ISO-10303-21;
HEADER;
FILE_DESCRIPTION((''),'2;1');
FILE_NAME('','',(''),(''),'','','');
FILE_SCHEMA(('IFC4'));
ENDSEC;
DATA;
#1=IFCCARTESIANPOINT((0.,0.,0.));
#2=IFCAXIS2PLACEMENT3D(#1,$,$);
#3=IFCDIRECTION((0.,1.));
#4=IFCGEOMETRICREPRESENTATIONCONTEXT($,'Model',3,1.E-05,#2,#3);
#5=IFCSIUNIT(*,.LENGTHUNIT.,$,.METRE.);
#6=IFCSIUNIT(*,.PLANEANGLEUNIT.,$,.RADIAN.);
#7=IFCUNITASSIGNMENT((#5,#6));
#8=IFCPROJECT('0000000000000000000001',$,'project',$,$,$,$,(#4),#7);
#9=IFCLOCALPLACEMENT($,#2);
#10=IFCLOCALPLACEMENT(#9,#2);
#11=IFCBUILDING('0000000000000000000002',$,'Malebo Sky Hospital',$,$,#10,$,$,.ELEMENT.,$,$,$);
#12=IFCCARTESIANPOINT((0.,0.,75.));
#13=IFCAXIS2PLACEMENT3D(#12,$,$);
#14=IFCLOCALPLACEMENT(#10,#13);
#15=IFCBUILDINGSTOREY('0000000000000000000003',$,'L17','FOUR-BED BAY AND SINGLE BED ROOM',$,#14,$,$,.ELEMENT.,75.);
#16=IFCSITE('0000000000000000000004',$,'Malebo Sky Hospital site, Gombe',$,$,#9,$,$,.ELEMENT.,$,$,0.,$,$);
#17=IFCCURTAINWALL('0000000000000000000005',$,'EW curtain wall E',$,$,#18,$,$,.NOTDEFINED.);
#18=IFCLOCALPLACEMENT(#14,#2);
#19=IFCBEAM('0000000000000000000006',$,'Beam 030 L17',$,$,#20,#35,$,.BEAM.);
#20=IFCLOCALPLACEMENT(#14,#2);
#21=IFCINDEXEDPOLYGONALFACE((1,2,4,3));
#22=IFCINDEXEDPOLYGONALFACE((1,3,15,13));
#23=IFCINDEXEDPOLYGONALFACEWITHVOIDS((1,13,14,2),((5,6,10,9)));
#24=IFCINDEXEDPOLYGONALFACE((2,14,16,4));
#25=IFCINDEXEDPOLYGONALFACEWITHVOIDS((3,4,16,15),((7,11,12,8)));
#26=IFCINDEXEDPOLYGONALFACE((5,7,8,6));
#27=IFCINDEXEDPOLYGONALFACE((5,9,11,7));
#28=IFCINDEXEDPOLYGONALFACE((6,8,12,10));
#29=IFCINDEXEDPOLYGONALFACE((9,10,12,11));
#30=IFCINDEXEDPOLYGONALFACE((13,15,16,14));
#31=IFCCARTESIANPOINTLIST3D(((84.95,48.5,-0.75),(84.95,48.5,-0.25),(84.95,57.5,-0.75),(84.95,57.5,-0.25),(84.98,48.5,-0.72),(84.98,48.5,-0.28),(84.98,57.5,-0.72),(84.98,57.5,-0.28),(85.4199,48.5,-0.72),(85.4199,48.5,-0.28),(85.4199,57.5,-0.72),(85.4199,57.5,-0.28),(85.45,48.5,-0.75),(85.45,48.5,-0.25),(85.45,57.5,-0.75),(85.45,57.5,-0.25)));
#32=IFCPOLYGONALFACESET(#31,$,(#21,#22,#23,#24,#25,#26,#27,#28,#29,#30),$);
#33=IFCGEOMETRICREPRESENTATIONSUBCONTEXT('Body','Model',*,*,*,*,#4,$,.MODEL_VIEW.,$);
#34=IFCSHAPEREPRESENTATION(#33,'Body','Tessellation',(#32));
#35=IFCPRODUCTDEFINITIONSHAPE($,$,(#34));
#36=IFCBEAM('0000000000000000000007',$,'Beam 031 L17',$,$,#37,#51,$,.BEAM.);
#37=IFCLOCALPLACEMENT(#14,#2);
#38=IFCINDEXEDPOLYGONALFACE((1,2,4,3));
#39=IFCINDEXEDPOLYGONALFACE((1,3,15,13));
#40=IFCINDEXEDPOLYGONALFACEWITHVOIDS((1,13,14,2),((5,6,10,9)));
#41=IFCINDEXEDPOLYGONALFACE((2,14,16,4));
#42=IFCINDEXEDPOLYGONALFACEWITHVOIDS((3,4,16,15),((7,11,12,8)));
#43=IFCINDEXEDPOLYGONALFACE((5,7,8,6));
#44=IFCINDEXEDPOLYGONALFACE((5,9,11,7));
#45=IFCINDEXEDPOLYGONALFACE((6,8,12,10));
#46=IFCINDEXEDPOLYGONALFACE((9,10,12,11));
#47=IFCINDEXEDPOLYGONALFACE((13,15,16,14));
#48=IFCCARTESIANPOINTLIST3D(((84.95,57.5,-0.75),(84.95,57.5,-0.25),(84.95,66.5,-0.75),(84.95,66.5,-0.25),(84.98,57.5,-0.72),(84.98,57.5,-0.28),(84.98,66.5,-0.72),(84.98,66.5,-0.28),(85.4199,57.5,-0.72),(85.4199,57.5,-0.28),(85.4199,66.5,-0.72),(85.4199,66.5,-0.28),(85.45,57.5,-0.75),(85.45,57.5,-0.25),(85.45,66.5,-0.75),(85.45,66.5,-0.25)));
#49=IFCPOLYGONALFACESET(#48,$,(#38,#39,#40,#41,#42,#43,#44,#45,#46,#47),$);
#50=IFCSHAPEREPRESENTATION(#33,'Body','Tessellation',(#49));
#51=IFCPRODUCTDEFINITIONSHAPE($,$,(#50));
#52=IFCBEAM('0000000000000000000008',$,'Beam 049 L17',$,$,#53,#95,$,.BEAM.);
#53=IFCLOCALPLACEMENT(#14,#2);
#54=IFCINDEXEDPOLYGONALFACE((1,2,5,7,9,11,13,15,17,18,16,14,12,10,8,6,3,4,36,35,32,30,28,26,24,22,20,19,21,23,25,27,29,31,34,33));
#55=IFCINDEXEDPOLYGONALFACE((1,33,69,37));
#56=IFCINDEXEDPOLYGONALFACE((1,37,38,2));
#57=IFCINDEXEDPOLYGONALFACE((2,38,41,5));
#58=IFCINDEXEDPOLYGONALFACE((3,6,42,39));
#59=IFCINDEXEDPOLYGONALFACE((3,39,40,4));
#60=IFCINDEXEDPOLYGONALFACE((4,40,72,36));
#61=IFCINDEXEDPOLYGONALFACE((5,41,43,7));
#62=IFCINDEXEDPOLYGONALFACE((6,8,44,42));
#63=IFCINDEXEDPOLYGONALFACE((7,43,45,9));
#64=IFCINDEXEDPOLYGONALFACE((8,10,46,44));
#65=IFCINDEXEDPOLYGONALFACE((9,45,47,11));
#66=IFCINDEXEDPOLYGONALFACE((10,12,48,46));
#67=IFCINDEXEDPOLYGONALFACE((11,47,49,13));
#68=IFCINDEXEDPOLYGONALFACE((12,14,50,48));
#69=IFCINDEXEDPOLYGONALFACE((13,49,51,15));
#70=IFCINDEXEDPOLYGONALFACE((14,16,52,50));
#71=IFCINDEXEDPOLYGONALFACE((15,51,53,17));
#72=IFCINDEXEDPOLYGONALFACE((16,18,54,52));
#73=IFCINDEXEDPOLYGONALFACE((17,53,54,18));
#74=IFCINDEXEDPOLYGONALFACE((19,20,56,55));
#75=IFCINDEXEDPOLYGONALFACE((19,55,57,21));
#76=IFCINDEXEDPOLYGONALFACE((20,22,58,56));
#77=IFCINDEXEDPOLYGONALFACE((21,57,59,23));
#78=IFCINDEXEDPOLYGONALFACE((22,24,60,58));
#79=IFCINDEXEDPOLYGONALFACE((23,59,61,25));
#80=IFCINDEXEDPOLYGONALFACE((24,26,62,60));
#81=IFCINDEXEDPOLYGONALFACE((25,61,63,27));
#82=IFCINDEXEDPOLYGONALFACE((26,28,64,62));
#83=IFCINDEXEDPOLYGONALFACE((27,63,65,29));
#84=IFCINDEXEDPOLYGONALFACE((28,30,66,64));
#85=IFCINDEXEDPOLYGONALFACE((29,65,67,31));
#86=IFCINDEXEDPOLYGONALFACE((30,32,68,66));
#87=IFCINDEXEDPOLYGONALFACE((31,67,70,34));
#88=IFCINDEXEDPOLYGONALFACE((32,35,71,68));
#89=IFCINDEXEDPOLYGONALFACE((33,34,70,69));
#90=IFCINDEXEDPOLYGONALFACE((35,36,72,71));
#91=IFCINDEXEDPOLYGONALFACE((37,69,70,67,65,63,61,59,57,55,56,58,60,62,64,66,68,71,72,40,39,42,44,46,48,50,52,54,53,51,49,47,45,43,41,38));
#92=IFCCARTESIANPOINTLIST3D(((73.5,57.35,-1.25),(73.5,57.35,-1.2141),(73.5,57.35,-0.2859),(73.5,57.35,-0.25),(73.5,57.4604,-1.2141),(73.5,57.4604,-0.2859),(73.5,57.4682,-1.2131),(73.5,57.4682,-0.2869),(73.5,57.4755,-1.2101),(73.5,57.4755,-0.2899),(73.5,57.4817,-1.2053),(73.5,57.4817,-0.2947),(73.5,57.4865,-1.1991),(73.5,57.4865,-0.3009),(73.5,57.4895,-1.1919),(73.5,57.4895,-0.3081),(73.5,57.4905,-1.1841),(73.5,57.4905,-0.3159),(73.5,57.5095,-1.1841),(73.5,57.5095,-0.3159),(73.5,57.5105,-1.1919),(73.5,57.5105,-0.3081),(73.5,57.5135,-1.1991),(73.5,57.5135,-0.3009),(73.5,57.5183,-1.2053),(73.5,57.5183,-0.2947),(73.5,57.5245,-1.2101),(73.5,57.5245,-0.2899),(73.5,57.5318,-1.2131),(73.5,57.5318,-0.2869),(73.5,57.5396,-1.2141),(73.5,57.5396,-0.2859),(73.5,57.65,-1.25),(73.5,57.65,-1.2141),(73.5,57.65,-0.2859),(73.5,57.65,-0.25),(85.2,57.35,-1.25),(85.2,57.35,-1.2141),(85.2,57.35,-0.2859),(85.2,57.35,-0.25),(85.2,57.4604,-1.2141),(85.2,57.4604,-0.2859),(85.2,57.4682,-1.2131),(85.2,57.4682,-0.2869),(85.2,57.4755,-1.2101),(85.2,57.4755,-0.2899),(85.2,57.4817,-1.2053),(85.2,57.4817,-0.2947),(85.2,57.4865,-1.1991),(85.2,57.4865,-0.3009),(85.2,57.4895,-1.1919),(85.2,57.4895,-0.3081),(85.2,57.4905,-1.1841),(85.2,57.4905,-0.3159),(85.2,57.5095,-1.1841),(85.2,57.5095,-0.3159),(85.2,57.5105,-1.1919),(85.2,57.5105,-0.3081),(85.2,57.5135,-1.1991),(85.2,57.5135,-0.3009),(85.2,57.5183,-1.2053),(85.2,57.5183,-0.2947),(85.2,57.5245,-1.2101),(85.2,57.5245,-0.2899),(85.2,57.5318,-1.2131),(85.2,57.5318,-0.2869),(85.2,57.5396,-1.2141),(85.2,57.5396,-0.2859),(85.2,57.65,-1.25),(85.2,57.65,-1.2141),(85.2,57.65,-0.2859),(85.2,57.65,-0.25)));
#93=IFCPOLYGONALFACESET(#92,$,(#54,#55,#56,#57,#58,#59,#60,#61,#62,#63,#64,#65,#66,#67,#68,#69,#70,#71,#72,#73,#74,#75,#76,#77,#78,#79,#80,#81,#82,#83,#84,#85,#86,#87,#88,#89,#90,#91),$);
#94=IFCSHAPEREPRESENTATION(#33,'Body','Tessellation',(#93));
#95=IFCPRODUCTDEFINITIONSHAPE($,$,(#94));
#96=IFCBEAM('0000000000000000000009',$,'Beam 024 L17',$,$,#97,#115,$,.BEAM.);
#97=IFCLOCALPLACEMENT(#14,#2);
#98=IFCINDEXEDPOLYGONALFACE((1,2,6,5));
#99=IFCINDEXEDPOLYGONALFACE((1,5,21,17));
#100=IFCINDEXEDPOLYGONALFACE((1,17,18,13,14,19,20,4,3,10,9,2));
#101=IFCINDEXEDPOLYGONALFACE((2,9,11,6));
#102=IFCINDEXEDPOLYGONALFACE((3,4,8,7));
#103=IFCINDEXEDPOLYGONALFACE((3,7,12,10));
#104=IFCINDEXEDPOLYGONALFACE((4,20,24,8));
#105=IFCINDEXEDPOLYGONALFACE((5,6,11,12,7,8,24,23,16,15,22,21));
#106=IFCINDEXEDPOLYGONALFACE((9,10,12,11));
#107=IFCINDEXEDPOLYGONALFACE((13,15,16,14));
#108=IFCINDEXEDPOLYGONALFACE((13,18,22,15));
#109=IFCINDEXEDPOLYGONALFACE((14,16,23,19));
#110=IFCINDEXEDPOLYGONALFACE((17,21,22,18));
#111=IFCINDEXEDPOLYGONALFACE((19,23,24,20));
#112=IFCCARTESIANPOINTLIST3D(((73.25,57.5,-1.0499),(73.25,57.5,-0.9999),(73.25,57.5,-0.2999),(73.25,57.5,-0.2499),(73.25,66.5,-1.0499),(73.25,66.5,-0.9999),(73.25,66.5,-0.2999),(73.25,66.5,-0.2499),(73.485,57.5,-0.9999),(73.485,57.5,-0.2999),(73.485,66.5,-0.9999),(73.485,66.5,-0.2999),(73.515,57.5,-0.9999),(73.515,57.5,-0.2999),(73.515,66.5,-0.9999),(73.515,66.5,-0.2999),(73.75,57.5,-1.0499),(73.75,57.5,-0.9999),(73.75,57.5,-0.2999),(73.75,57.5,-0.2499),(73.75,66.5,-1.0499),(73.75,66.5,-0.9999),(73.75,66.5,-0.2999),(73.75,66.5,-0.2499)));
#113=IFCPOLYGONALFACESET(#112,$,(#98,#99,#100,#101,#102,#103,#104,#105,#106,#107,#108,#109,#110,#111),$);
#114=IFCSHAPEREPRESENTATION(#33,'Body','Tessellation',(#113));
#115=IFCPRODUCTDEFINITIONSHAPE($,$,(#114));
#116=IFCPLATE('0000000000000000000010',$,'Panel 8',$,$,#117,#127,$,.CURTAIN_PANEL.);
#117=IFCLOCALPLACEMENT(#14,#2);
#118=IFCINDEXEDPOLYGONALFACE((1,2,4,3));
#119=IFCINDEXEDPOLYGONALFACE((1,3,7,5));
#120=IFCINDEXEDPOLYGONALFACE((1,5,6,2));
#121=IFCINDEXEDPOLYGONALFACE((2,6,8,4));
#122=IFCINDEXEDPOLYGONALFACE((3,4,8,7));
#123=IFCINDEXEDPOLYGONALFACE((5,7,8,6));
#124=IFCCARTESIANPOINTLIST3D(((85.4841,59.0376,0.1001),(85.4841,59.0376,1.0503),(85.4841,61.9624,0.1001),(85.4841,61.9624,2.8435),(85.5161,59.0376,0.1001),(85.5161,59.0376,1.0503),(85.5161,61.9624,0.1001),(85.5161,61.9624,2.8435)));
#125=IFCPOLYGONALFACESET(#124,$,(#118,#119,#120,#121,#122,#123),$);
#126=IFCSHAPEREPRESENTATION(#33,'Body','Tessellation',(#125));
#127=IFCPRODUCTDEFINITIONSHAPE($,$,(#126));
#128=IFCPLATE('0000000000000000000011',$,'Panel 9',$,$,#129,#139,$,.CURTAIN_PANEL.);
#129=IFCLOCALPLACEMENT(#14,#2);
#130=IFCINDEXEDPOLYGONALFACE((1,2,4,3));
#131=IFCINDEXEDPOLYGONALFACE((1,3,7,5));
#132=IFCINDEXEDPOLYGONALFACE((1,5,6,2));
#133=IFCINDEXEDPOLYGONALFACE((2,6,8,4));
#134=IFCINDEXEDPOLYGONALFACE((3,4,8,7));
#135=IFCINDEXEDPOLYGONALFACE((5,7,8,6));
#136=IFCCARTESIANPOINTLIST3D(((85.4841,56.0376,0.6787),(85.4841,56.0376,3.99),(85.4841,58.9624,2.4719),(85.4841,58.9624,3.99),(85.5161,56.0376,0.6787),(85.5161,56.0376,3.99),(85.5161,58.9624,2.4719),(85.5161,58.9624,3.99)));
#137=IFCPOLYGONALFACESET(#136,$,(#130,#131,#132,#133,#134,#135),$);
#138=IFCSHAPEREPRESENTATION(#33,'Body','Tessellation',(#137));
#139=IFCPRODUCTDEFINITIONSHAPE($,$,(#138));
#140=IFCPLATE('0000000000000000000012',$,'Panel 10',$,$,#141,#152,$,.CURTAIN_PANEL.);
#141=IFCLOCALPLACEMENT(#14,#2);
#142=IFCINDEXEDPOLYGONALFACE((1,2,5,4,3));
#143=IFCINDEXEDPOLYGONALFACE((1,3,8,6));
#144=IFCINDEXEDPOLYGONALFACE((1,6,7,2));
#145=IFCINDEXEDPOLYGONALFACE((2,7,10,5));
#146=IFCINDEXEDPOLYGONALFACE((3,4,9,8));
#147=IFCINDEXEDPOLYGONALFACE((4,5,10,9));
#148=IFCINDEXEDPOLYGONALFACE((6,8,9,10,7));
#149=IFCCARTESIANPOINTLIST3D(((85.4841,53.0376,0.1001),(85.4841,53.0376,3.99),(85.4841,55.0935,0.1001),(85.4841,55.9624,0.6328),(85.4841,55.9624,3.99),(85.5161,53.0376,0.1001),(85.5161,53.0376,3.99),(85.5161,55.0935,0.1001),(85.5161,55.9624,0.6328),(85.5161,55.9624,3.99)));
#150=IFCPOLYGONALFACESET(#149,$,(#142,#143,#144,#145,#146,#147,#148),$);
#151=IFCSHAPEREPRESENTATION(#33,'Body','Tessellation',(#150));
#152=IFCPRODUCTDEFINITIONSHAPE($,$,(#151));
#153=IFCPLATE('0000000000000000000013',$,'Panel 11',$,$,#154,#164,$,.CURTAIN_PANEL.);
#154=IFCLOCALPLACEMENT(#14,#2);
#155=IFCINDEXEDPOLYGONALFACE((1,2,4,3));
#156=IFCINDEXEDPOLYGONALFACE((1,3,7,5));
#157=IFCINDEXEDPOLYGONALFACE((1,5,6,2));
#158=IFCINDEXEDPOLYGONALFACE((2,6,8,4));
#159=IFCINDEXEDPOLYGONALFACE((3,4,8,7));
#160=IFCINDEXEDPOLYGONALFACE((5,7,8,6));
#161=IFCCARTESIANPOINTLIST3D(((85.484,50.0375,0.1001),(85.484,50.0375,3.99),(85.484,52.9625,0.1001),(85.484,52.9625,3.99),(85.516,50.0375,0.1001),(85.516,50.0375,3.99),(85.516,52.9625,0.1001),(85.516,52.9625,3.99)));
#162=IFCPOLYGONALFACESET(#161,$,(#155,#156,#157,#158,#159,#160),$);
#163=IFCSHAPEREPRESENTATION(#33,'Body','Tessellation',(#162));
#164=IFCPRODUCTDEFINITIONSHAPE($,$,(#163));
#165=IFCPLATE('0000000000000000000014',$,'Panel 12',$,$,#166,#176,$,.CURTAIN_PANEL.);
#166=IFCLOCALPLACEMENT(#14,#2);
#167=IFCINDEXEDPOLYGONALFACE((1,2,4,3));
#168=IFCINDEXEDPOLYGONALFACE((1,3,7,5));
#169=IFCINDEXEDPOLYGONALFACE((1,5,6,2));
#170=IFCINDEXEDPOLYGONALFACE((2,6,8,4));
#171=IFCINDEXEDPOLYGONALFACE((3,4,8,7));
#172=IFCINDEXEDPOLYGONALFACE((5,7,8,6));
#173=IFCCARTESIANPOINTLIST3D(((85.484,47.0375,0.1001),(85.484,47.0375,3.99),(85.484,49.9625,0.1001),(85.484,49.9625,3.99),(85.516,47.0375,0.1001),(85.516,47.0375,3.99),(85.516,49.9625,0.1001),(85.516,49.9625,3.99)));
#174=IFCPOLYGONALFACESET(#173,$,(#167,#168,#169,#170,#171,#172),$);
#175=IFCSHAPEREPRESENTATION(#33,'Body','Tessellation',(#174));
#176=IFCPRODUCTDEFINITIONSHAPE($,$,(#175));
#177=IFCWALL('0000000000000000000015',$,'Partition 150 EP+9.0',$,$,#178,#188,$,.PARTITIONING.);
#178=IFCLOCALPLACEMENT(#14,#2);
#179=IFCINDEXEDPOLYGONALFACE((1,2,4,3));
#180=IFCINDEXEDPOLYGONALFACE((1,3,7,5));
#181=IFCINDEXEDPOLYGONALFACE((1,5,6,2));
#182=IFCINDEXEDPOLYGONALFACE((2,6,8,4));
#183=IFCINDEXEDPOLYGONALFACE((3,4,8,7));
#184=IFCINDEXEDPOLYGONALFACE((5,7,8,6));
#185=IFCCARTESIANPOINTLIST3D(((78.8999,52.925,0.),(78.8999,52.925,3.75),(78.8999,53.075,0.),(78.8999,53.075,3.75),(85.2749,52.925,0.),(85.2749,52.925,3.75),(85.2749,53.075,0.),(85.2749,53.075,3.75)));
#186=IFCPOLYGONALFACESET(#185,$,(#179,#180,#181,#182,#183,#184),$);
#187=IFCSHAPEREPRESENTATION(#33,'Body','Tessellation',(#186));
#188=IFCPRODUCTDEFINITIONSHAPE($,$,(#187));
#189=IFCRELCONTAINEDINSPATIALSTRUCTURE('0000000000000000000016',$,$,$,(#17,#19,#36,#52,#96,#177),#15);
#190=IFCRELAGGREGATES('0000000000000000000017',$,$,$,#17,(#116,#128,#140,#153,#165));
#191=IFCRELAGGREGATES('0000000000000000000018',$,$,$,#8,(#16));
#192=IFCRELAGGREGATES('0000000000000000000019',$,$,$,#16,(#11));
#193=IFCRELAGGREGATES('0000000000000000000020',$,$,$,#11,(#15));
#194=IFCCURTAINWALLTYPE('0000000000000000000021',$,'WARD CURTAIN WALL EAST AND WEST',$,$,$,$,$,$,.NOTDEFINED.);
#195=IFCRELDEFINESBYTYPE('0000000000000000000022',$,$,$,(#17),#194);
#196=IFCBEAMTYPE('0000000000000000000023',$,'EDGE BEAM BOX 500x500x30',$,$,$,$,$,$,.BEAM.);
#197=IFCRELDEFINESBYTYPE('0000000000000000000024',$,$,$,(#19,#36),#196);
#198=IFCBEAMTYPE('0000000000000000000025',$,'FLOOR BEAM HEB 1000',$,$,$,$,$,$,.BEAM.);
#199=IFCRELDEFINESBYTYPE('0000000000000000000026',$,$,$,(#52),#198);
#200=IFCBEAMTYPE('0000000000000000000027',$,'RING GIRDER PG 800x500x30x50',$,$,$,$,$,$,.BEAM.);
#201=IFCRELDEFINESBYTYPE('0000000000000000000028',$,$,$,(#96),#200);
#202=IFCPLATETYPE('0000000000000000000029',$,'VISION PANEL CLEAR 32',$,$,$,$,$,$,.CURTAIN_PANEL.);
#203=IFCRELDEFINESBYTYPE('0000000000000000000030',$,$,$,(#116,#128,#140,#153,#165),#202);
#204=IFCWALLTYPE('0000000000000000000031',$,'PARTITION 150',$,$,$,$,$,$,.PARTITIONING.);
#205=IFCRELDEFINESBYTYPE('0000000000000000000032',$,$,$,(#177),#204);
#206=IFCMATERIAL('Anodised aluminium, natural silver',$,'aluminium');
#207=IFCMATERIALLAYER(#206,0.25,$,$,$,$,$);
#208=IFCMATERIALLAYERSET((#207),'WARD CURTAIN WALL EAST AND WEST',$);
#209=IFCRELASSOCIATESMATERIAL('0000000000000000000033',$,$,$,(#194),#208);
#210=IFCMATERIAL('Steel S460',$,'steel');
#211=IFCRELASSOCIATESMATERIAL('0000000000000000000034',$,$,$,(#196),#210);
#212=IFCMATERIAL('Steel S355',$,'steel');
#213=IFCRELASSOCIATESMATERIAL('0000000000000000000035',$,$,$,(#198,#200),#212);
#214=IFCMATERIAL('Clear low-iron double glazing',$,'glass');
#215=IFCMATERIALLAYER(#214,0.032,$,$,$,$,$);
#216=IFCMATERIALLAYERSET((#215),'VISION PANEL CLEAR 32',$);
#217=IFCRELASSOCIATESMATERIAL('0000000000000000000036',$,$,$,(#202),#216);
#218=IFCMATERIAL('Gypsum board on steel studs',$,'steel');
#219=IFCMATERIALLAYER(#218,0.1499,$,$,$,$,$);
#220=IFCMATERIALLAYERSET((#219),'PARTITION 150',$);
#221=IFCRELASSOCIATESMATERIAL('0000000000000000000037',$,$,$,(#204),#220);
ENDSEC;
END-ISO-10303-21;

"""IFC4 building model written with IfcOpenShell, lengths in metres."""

from ifc_helpers import new_model, si_unit, direction, frame, frame_2d, origin, origin_2d, place, context, subcontext, project, spatial, polyline, rectangle, hollow_rectangle, i_section, outline, extrude, material, layer, layer_set, material_profile, profile_set, type_object, element, aggregate, save


model = new_model("IFC4")

# Units and contexts
model_context = context("Model", 3, precision=1e-05, world=origin(), true_north=direction((0.0, 1.0)))
body_context = subcontext(model_context, "Body", "Model", "MODEL_VIEW")
ifc_project = project(units=[si_unit("LENGTHUNIT", "METRE"), si_unit("PLANEANGLEUNIT", "RADIAN")], contexts=[model_context])

# Site, building, storey
site_placement = place(None, origin())
site = spatial("IfcSite", under=ifc_project, at=site_placement, Name="Malebo Sky Hospital site, Gombe", CompositionType="ELEMENT", RefElevation=0.0)
building_placement = place(site_placement, origin())
building = spatial("IfcBuilding", under=site, at=building_placement, Name="Malebo Sky Hospital", CompositionType="ELEMENT")
storey_placement = place(building_placement, frame((0.0, 0.0, 75.0)))
storey = spatial("IfcBuildingStorey", under=building, at=storey_placement, Name="L17", Description="FOUR-BED BAY AND SINGLE BED ROOM", CompositionType="ELEMENT", Elevation=75.0)

# Shared definitions
ifc_material_1 = material(Name="Steel S460", Category="steel")

# Curtain wall
ifc_material_2 = material(Name="Anodised aluminium, natural silver", Category="aluminium")
ifc_layer_1 = layer(ifc_material_2, 0.25)
ifc_layer_set_1 = layer_set([ifc_layer_1], Name="WARD CURTAIN WALL EAST AND WEST")
curtain_wall_type = type_object("IfcCurtainWallType", Name="WARD CURTAIN WALL EAST AND WEST", PredefinedType="NOTDEFINED", material=ifc_layer_set_1)
curtain_wall_placement = place(storey_placement, origin())
curtain_wall = element("IfcCurtainWall", 1, at=curtain_wall_placement, inside=storey, type_object=curtain_wall_type, Name="EW curtain wall E", PredefinedType="NOTDEFINED")

# Shared definitions
ifc_material_3 = material(Name="Steel S355", Category="steel")

# Beams
ifc_material_profile_1 = material_profile(ifc_material_1, hollow_rectangle(XDim=0.5, YDim=0.5, WallThickness=0.03, at=origin_2d()), Name="BOX 500x500x30")
ifc_profile_set_1 = profile_set([ifc_material_profile_1], Name="Steel S460")
beam_type_1 = type_object("IfcBeamType", Name="EDGE BEAM BOX 500x500x30", PredefinedType="BEAM", material=ifc_profile_set_1)
for number, where, z_axis, x_axis, name in (
    (2, (85.2, 48.5, -0.5), (0.0, 1.0, 0.0), (-1.0, 0.0, 0.0), "Beam 030 L17"),
    (3, (85.2, 57.5, -0.5), (0.0, 1.0, 0.0), (-1.0, 0.0, 0.0), "Beam 031 L17"),
):
    element("IfcBeam", number, at=place(storey_placement, frame(where, z_axis=z_axis, x_axis=x_axis)), inside=storey, type_object=beam_type_1, Name=name, PredefinedType="BEAM", context=body_context, shape_type="SweptSolid", body=[
        extrude(hollow_rectangle(XDim=0.5, YDim=0.5, WallThickness=0.03, at=origin_2d()), origin(), (0.0, 0.0, 1.0), 9.0),
    ])
ifc_material_profile_2 = material_profile(ifc_material_3, i_section(OverallWidth=0.3, OverallDepth=1.0, WebThickness=0.019, FlangeThickness=0.0359, FilletRadius=0.03, at=origin_2d()), Name="HEB 1000")
ifc_profile_set_2 = profile_set([ifc_material_profile_2], Name="Steel S355")
beam_type_2 = type_object("IfcBeamType", Name="FLOOR BEAM HEB 1000", PredefinedType="BEAM", material=ifc_profile_set_2)
beam_1_placement = place(storey_placement, frame((73.5, 57.5, -0.75), z_axis=(1.0, 0.0, 0.0), x_axis=(0.0, 1.0, 0.0)))
element("IfcBeam", 4, at=beam_1_placement, inside=storey, type_object=beam_type_2, Name="Beam 049 L17", PredefinedType="BEAM", context=body_context, shape_type="SweptSolid", body=[
    extrude(i_section(OverallWidth=0.3, OverallDepth=1.0, WebThickness=0.019, FlangeThickness=0.0359, FilletRadius=0.03, at=origin_2d()), origin(), (0.0, 0.0, 1.0), 11.7),
])
ifc_material_profile_3 = material_profile(ifc_material_3, i_section(OverallWidth=0.5, OverallDepth=0.8, WebThickness=0.03, FlangeThickness=0.05, at=origin_2d()), Name="PG 800x500x30x50")
ifc_profile_set_3 = profile_set([ifc_material_profile_3], Name="Steel S355")
beam_type_3 = type_object("IfcBeamType", Name="RING GIRDER PG 800x500x30x50", PredefinedType="BEAM", material=ifc_profile_set_3)
beam_2_placement = place(storey_placement, frame((73.5, 57.5, -0.6499), z_axis=(0.0, 1.0, 0.0), x_axis=(-1.0, 0.0, 0.0)))
element("IfcBeam", 5, at=beam_2_placement, inside=storey, type_object=beam_type_3, Name="Beam 024 L17", PredefinedType="BEAM", context=body_context, shape_type="SweptSolid", body=[
    extrude(i_section(OverallWidth=0.5, OverallDepth=0.8, WebThickness=0.03, FlangeThickness=0.05, at=origin_2d()), origin(), (0.0, 0.0, 1.0), 9.0),
])

# Plates
ifc_material_4 = material(Name="Clear low-iron double glazing", Category="glass")
ifc_layer_2 = layer(ifc_material_4, 0.032)
ifc_layer_set_2 = layer_set([ifc_layer_2], Name="VISION PANEL CLEAR 32")
plate_type = type_object("IfcPlateType", Name="VISION PANEL CLEAR 32", PredefinedType="CURTAIN_PANEL", material=ifc_layer_set_2)
plate_1_placement = place(storey_placement, frame((85.5, 60.5, 0.1001), z_axis=(0.0, 0.0, 1.0), x_axis=(0.0, -1.0, 0.0)))
plate_1 = element("IfcPlate", 6, at=plate_1_placement, type_object=plate_type, Name="Panel 8", PredefinedType="CURTAIN_PANEL", context=body_context, shape_type="SweptSolid", body=[
    extrude(outline(polyline([(-1.4624, 0.0), (1.4624, 0.0), (1.4624, 0.9502), (-1.4624, 2.7434), (-1.4624, 0.0)])), frame((0.0, 0.0161, 0.0), z_axis=(0.0, -1.0, 0.0), x_axis=(1.0, 0.0, 0.0)), (0.0, 0.0, 1.0), 0.032),
])
plate_2_placement = place(storey_placement, frame((85.5, 57.5, 0.6787), z_axis=(0.0, 0.0, 1.0), x_axis=(0.0, -1.0, 0.0)))
plate_2 = element("IfcPlate", 7, at=plate_2_placement, type_object=plate_type, Name="Panel 9", PredefinedType="CURTAIN_PANEL", context=body_context, shape_type="SweptSolid", body=[
    extrude(outline(polyline([(1.4624, 0.0), (1.4624, 3.3113), (-1.4624, 3.3113), (-1.4624, 1.7932), (1.4624, 0.0)])), frame((0.0, 0.0161, 0.0), z_axis=(0.0, -1.0, 0.0), x_axis=(1.0, 0.0, 0.0)), (0.0, 0.0, 1.0), 0.032),
])
plate_3_placement = place(storey_placement, frame((85.5, 54.5, 0.1001), z_axis=(0.0, 0.0, 1.0), x_axis=(0.0, -1.0, 0.0)))
plate_3 = element("IfcPlate", 8, at=plate_3_placement, type_object=plate_type, Name="Panel 10", PredefinedType="CURTAIN_PANEL", context=body_context, shape_type="SweptSolid", body=[
    extrude(outline(polyline([(-0.5935, 0.0), (1.4624, 0.0), (1.4624, 3.8899), (-1.4624, 3.8899), (-1.4624, 0.5327), (-0.5935, 0.0)])), frame((0.0, 0.0161, 0.0), z_axis=(0.0, -1.0, 0.0), x_axis=(1.0, 0.0, 0.0)), (0.0, 0.0, 1.0), 0.032),
])
plate_4_placement = place(storey_placement, frame((85.5, 51.5, 0.1001), z_axis=(0.0, 0.0, 1.0), x_axis=(0.0, -1.0, 0.0)))
plate_4 = element("IfcPlate", 9, at=plate_4_placement, type_object=plate_type, Name="Panel 11", PredefinedType="CURTAIN_PANEL", context=body_context, shape_type="SweptSolid", body=[
    extrude(rectangle(XDim=2.925, YDim=0.032, at=origin_2d()), origin(), (0.0, 0.0, 1.0), 3.8899),
])
plate_5_placement = place(storey_placement, frame((85.5, 48.5, 0.1001), z_axis=(0.0, 0.0, 1.0), x_axis=(0.0, -1.0, 0.0)))
plate_5 = element("IfcPlate", 10, at=plate_5_placement, type_object=plate_type, Name="Panel 12", PredefinedType="CURTAIN_PANEL", context=body_context, shape_type="SweptSolid", body=[
    extrude(rectangle(XDim=2.925, YDim=0.032, at=origin_2d()), origin(), (0.0, 0.0, 1.0), 3.8899),
])
aggregate(curtain_wall, [plate_1, plate_2, plate_3, plate_4, plate_5])

# Wall
ifc_material_5 = material(Name="Gypsum board on steel studs", Category="steel")
ifc_layer_3 = layer(ifc_material_5, 0.1499)
ifc_layer_set_3 = layer_set([ifc_layer_3], Name="PARTITION 150")
wall_type = type_object("IfcWallType", Name="PARTITION 150", PredefinedType="PARTITIONING", material=ifc_layer_set_3)
wall_1_placement = place(storey_placement, frame((78.8999, 53.0, 0.0), z_axis=(0.0, 0.0, 1.0), x_axis=(1.0, 0.0, 0.0)))
element("IfcWall", 11, at=wall_1_placement, inside=storey, type_object=wall_type, Name="Partition 150 EP+9.0", PredefinedType="PARTITIONING", context=body_context, shape_type="SweptSolid", body=[
    extrude(rectangle(XDim=6.375, YDim=0.1499, at=frame_2d((3.1875, 0.0))), origin(), (0.0, 0.0, 1.0), 3.75),
])

save(model, "model.ifc")
